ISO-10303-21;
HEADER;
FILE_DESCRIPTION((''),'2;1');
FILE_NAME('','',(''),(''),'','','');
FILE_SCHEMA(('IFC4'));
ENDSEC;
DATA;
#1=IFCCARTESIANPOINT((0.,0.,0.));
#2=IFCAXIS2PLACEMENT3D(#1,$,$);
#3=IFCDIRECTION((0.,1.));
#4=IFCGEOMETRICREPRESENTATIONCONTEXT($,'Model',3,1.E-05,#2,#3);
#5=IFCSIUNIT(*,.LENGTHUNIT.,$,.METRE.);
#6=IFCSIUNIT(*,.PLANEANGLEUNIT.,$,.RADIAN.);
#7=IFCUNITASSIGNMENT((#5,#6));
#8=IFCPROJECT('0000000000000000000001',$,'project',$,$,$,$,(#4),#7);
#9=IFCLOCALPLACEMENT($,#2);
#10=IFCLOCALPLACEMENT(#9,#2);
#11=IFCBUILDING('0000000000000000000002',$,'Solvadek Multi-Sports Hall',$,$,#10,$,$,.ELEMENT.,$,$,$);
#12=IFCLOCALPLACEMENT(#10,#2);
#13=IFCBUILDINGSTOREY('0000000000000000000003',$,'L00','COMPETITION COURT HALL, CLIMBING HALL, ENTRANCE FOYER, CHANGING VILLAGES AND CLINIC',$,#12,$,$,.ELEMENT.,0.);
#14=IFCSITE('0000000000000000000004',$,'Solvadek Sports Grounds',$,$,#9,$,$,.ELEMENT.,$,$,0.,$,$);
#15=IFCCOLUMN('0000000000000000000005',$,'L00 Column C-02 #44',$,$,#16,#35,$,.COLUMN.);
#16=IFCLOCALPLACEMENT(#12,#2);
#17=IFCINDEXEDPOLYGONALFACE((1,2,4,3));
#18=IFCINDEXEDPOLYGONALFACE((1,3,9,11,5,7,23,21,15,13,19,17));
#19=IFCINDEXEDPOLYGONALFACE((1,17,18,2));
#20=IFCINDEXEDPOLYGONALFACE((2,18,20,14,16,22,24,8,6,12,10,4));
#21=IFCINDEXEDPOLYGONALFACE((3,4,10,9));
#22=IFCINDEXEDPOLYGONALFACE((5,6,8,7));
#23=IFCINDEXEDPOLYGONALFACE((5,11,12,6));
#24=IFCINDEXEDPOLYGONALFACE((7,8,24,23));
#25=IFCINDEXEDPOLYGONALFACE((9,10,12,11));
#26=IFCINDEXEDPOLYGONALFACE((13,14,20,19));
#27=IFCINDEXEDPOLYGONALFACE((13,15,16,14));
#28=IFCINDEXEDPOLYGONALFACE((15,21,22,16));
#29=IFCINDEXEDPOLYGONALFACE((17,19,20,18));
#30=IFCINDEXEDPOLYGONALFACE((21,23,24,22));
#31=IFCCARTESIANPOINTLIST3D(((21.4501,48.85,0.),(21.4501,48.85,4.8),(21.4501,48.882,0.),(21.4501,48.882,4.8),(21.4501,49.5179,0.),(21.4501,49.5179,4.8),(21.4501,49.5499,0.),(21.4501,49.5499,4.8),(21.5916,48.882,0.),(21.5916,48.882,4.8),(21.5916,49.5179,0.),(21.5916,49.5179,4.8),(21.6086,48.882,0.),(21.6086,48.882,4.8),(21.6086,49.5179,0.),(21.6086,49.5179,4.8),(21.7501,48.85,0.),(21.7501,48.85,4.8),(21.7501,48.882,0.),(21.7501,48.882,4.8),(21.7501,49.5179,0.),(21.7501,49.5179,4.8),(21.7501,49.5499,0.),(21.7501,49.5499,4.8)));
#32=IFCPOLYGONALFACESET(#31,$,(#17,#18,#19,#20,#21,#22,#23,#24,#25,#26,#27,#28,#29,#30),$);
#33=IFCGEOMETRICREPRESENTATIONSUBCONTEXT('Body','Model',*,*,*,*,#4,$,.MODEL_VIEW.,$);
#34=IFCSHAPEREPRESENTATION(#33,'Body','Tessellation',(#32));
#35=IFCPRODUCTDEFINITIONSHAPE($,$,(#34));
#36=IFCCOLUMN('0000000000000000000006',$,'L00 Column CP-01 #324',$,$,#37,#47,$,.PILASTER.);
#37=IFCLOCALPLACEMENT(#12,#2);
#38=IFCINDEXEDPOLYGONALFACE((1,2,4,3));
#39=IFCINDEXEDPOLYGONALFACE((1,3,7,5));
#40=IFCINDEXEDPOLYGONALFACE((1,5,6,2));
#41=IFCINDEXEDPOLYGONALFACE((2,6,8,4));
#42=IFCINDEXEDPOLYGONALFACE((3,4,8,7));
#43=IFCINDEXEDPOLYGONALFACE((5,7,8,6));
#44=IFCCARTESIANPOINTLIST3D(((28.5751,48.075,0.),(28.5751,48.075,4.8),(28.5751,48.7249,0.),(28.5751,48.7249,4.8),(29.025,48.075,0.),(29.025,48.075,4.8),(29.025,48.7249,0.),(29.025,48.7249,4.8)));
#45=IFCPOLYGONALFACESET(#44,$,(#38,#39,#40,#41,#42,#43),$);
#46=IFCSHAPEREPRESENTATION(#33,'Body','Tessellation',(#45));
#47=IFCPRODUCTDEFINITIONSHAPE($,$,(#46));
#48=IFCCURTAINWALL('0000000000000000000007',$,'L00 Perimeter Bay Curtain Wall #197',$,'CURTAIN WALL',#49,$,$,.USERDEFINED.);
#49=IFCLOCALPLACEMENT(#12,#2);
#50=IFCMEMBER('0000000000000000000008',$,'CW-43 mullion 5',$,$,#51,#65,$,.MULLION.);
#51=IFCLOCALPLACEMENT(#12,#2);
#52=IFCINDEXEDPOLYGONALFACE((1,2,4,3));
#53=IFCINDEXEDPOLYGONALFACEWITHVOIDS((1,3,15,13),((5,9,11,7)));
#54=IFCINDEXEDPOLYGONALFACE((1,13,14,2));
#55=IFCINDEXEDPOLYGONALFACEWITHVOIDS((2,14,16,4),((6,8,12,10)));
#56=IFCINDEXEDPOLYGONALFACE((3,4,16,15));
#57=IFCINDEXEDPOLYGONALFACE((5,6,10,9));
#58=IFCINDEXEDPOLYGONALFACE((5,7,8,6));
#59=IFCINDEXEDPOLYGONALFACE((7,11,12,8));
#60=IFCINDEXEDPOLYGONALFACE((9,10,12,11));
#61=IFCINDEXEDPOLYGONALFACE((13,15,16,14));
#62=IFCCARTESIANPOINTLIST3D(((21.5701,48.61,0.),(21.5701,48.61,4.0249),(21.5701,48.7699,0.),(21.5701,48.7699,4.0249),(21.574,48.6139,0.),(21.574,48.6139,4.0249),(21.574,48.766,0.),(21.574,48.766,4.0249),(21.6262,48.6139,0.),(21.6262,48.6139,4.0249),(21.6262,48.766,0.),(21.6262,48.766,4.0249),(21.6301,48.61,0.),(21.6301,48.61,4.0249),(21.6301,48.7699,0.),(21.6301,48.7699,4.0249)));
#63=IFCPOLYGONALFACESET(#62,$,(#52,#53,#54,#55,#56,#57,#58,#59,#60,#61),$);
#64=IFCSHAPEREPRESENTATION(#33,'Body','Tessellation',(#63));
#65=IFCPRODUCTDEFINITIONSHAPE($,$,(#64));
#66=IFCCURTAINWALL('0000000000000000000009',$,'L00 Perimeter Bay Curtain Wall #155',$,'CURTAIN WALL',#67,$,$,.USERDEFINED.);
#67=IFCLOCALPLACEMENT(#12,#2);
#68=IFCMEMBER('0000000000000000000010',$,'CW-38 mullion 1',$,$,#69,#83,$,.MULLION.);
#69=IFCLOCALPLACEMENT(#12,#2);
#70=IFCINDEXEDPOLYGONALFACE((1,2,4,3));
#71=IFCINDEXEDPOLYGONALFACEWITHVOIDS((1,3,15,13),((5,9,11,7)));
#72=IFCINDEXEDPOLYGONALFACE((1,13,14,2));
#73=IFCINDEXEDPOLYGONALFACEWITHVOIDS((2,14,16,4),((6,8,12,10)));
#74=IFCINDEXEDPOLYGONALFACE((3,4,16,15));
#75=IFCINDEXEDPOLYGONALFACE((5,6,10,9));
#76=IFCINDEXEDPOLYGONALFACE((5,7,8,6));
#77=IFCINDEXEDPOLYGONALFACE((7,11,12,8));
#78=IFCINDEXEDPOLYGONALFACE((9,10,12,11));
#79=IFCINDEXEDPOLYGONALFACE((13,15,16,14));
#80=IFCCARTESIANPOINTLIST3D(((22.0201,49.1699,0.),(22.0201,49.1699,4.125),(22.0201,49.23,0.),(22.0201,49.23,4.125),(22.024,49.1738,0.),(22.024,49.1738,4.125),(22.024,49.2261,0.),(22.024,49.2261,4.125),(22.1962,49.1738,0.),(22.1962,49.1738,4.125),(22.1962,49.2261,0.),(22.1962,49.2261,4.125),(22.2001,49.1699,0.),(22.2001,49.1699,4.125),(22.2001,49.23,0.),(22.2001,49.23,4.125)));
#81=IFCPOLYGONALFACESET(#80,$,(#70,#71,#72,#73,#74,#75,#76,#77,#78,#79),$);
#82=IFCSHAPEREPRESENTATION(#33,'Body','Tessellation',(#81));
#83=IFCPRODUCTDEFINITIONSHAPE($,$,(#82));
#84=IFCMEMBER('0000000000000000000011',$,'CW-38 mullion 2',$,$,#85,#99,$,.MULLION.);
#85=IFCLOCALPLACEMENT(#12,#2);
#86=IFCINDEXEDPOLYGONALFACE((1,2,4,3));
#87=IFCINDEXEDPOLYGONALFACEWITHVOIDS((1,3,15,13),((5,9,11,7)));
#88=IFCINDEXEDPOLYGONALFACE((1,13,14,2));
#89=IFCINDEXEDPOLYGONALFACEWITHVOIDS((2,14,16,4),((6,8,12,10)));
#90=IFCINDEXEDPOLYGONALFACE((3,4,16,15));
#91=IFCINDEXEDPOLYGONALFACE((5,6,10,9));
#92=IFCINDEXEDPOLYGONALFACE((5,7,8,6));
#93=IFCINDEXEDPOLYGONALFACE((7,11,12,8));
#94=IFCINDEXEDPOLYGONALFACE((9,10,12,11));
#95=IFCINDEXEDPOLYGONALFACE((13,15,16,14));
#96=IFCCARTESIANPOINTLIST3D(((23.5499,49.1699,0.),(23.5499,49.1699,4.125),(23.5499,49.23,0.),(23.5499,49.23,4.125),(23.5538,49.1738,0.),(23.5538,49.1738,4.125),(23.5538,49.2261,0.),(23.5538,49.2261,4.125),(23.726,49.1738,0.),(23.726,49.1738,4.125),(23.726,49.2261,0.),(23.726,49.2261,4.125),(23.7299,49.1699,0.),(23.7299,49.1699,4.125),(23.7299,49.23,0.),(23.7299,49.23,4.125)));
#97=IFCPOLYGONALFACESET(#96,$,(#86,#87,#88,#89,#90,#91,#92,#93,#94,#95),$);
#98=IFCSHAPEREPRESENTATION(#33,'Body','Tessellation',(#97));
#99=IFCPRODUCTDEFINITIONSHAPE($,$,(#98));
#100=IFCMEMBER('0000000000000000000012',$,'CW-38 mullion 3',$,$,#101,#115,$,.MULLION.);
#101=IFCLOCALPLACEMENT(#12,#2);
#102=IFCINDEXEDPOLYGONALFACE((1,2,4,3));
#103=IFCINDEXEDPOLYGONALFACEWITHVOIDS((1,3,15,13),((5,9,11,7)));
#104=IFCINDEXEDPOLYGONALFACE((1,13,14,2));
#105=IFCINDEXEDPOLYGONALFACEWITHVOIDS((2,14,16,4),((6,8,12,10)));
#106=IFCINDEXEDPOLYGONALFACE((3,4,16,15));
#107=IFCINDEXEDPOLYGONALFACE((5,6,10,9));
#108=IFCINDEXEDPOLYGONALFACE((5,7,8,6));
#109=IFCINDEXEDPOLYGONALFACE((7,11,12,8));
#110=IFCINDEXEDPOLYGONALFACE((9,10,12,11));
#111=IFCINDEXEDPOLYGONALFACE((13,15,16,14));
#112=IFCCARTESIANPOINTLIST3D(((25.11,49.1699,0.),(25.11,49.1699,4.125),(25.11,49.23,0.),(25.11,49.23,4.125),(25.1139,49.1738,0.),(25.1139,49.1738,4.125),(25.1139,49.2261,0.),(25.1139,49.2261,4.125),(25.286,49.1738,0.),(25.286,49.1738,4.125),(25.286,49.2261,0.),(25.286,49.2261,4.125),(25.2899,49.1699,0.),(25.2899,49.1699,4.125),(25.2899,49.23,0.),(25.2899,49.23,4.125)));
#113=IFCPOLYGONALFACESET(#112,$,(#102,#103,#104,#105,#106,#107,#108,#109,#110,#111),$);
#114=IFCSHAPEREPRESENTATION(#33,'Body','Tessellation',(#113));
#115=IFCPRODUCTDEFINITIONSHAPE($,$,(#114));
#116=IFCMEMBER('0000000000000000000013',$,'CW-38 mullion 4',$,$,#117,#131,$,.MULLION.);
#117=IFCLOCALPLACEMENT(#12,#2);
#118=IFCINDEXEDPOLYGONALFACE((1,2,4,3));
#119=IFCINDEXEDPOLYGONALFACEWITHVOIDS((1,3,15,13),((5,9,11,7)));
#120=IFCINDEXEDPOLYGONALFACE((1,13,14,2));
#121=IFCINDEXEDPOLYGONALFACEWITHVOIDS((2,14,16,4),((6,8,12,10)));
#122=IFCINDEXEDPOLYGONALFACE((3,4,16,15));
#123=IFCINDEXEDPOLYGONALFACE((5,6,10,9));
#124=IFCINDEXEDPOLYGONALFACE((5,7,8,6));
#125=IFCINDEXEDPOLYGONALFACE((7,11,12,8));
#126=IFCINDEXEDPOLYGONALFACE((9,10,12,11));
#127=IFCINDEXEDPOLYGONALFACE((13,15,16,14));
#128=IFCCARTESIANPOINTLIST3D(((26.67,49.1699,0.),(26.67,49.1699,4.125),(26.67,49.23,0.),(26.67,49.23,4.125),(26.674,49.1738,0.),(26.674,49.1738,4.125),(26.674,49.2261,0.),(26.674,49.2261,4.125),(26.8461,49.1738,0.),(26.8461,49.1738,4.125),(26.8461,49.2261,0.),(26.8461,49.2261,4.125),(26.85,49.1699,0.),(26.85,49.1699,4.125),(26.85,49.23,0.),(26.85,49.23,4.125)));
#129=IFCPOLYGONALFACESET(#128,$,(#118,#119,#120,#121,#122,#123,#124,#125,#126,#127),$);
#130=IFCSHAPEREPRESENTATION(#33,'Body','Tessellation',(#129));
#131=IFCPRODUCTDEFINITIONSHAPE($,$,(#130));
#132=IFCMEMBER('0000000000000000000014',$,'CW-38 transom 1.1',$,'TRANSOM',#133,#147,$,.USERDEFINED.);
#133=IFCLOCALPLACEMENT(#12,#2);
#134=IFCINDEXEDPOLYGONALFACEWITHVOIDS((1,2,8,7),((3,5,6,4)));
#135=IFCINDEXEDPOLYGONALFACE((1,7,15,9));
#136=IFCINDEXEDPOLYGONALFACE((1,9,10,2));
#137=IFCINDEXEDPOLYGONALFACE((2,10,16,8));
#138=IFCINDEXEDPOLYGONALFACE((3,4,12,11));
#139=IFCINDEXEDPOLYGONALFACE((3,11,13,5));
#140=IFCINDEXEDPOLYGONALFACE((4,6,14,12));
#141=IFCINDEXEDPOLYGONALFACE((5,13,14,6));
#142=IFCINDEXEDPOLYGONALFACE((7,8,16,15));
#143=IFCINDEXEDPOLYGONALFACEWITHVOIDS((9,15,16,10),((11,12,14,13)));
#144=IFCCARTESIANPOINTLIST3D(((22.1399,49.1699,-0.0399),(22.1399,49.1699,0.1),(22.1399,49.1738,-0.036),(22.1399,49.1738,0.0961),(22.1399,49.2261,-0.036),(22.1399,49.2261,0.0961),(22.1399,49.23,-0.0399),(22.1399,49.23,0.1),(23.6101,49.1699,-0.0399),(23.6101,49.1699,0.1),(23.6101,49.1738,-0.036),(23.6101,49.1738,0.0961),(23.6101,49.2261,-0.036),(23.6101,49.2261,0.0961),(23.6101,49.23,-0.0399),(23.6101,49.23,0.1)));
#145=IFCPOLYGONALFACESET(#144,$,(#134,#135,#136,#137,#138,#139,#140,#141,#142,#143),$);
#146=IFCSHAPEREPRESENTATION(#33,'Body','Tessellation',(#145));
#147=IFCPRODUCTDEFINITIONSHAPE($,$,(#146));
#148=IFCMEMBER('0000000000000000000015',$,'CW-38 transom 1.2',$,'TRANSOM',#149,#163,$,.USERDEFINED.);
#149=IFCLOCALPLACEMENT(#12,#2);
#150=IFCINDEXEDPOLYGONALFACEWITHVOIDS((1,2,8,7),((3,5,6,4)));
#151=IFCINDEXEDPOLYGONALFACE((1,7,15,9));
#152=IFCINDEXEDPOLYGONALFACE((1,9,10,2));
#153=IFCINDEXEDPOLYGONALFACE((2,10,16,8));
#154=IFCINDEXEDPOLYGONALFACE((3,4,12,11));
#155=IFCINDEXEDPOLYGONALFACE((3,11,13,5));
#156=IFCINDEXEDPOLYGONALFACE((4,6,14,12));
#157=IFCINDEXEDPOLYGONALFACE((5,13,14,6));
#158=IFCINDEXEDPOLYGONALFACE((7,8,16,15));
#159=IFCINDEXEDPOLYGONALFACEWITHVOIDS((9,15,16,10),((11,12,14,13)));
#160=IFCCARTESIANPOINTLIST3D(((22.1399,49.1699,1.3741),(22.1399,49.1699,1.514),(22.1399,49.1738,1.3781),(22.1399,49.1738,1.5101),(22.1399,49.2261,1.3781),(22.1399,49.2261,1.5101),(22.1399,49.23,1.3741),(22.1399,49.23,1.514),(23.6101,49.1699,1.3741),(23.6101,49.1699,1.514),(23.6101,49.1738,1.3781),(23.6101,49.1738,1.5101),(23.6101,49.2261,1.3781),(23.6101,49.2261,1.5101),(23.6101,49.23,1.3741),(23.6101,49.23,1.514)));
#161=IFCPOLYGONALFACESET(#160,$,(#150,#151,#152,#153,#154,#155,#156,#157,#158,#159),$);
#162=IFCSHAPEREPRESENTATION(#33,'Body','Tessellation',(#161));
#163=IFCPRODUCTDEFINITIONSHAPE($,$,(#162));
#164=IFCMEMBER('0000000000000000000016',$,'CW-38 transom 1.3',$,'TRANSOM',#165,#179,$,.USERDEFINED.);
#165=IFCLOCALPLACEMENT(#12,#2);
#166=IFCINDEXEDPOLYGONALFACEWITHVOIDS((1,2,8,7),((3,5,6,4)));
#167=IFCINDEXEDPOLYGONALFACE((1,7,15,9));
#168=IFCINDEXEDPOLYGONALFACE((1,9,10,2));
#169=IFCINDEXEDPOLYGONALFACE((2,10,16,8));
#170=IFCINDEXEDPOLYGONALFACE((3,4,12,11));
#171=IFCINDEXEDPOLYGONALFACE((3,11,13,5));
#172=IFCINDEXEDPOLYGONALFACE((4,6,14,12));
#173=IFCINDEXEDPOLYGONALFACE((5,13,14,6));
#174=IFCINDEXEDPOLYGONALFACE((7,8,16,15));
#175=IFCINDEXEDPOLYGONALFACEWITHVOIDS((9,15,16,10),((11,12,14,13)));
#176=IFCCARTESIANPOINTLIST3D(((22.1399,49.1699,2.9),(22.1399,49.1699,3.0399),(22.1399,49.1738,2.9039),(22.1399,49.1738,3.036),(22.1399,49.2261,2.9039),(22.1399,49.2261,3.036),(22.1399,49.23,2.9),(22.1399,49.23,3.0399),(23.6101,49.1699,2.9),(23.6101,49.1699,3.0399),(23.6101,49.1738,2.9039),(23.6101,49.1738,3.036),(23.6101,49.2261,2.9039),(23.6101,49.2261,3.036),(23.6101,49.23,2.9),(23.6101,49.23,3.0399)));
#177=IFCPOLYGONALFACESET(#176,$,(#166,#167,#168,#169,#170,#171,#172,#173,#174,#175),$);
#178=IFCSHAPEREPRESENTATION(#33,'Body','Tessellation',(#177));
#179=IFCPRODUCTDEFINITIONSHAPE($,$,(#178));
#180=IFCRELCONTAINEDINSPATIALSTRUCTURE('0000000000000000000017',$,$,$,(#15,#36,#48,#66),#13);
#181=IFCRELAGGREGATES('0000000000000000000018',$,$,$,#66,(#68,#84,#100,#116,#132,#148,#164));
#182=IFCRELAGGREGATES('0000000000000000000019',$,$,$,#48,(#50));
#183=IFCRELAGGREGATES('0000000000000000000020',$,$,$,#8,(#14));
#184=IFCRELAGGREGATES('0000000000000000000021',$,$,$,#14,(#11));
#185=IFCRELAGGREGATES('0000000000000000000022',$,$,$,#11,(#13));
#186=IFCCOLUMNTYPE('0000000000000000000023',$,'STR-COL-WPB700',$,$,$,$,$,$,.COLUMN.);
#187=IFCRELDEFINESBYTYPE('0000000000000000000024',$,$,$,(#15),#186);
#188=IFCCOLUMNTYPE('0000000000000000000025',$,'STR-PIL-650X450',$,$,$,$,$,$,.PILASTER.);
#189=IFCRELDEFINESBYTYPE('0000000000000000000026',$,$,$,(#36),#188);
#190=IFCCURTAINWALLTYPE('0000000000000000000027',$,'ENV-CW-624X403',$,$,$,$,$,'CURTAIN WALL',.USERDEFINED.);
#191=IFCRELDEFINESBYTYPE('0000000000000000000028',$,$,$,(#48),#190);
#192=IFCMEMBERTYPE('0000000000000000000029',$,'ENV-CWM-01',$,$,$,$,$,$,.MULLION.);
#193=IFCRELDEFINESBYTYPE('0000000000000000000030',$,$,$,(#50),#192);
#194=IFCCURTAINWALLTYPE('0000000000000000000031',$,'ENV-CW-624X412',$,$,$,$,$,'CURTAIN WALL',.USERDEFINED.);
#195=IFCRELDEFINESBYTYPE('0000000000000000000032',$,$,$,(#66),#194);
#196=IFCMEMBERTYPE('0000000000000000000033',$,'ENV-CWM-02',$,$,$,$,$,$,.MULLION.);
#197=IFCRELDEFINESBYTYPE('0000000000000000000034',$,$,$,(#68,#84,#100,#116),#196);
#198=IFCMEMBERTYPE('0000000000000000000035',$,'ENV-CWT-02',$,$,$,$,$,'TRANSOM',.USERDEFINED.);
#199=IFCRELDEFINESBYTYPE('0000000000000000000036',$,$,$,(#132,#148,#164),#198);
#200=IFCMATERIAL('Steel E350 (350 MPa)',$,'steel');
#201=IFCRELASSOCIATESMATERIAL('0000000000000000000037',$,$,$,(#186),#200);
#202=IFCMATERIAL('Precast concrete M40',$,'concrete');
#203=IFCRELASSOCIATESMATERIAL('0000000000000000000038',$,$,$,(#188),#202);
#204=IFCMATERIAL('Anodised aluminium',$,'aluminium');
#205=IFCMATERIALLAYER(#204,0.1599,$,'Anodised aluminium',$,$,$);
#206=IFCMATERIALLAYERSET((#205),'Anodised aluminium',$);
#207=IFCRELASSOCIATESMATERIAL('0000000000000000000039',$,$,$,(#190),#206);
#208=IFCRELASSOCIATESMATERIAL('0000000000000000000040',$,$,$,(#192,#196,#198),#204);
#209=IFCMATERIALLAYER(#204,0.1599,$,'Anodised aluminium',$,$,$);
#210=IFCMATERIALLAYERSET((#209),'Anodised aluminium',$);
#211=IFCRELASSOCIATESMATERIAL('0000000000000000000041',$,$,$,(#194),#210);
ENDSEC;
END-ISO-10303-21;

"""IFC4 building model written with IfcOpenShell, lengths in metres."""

from ifc_helpers import new_model, si_unit, direction, frame, origin, origin_2d, place, context, subcontext, project, spatial, rectangle, hollow_rectangle, i_section, extrude, material, layer, layer_set, material_profile, profile_set, type_object, element, aggregate, save


model = new_model("IFC4")

# Units and contexts
model_context = context("Model", 3, precision=1e-05, world=origin(), true_north=direction((0.0, 1.0)))
body_context = subcontext(model_context, "Body", "Model", "MODEL_VIEW")
ifc_project = project(units=[si_unit("LENGTHUNIT", "METRE"), si_unit("PLANEANGLEUNIT", "RADIAN")], contexts=[model_context])

# Site, building, storey
site_placement = place(None, origin())
site = spatial("IfcSite", under=ifc_project, at=site_placement, Name="Solvadek Sports Grounds", CompositionType="ELEMENT", RefElevation=0.0)
building_placement = place(site_placement, origin())
building = spatial("IfcBuilding", under=site, at=building_placement, Name="Solvadek Multi-Sports Hall", CompositionType="ELEMENT")
storey_placement = place(building_placement, origin())
storey = spatial("IfcBuildingStorey", under=building, at=storey_placement, Name="L00", Description="COMPETITION COURT HALL, CLIMBING HALL, ENTRANCE FOYER, CHANGING VILLAGES AND CLINIC", CompositionType="ELEMENT", Elevation=0.0)

# Columns
ifc_material_1 = material(Name="Steel E350 (350 MPa)", Category="steel")
ifc_material_profile_1 = material_profile(ifc_material_1, i_section(OverallWidth=0.3, OverallDepth=0.7, WebThickness=0.0171, FlangeThickness=0.032, at=origin_2d()), Name="WPB 700")
ifc_profile_set_1 = profile_set([ifc_material_profile_1], Name="Steel E350 (350 MPa)")
column_type_1 = type_object("IfcColumnType", Name="STR-COL-WPB700", PredefinedType="COLUMN", material=ifc_profile_set_1)
column_1_placement = place(storey_placement, frame((21.6001, 49.2, 0.0), z_axis=(0.0, 0.0, 1.0), x_axis=(1.0, 0.0, 0.0)))
element("IfcColumn", 1, at=column_1_placement, inside=storey, type_object=column_type_1, Name="L00 Column C-02 #44", PredefinedType="COLUMN", context=body_context, shape_type="SweptSolid", body=[
    extrude(i_section(OverallWidth=0.3, OverallDepth=0.7, WebThickness=0.0171, FlangeThickness=0.032, at=origin_2d()), origin(), (0.0, 0.0, 1.0), 4.8),
])
ifc_material_2 = material(Name="Precast concrete M40", Category="concrete")
ifc_material_profile_2 = material_profile(ifc_material_2, rectangle(XDim=0.45, YDim=0.6499, at=origin_2d()), Name="RC PILASTER 650x450")
ifc_profile_set_2 = profile_set([ifc_material_profile_2], Name="Precast concrete M40")
column_type_2 = type_object("IfcColumnType", Name="STR-PIL-650X450", PredefinedType="PILASTER", material=ifc_profile_set_2)
column_2_placement = place(storey_placement, frame((28.8, 48.3999, 0.0), z_axis=(0.0, 0.0, 1.0), x_axis=(1.0, 0.0, 0.0)))
element("IfcColumn", 2, at=column_2_placement, inside=storey, type_object=column_type_2, Name="L00 Column CP-01 #324", PredefinedType="PILASTER", context=body_context, shape_type="SweptSolid", body=[
    extrude(rectangle(XDim=0.45, YDim=0.6499, at=origin_2d()), origin(), (0.0, 0.0, 1.0), 4.8),
])

# Curtain wall, member
ifc_material_3 = material(Name="Anodised aluminium", Category="aluminium")
ifc_layer_1 = layer(ifc_material_3, 0.1599, Name="Anodised aluminium")
ifc_layer_set_1 = layer_set([ifc_layer_1], Name="Anodised aluminium")
curtain_wall_type_1 = type_object("IfcCurtainWallType", Name="ENV-CW-624X403", ElementType="CURTAIN WALL", PredefinedType="USERDEFINED", material=ifc_layer_set_1)
curtain_wall_1_placement = place(storey_placement, origin())
curtain_wall_1 = element("IfcCurtainWall", 3, at=curtain_wall_1_placement, inside=storey, type_object=curtain_wall_type_1, Name="L00 Perimeter Bay Curtain Wall #197", ObjectType="CURTAIN WALL", PredefinedType="USERDEFINED")
ifc_material_profile_3 = material_profile(ifc_material_3, hollow_rectangle(XDim=0.0601, YDim=0.1599, WallThickness=0.0039, at=origin_2d()), Name="ALU-M 160x60x4")
ifc_profile_set_3 = profile_set([ifc_material_profile_3], Name="Anodised aluminium")
member_type_1 = type_object("IfcMemberType", Name="ENV-CWM-01", PredefinedType="MULLION", material=ifc_profile_set_3)
member_1_placement = place(storey_placement, frame((21.6001, 48.6899, 0.0), z_axis=(0.0, 0.0, 1.0), x_axis=(-1.0, 0.0, 0.0)))
member_1 = element("IfcMember", 4, at=member_1_placement, type_object=member_type_1, Name="CW-43 mullion 5", PredefinedType="MULLION", context=body_context, shape_type="SweptSolid", body=[
    extrude(hollow_rectangle(XDim=0.0601, YDim=0.1599, WallThickness=0.0039, at=origin_2d()), origin(), (0.0, 0.0, 1.0), 4.0249),
])

# Curtain wall, members
ifc_layer_2 = layer(ifc_material_3, 0.1599, Name="Anodised aluminium")
ifc_layer_set_2 = layer_set([ifc_layer_2], Name="Anodised aluminium")
curtain_wall_type_2 = type_object("IfcCurtainWallType", Name="ENV-CW-624X412", ElementType="CURTAIN WALL", PredefinedType="USERDEFINED", material=ifc_layer_set_2)
curtain_wall_2_placement = place(storey_placement, origin())
curtain_wall_2 = element("IfcCurtainWall", 5, at=curtain_wall_2_placement, inside=storey, type_object=curtain_wall_type_2, Name="L00 Perimeter Bay Curtain Wall #155", ObjectType="CURTAIN WALL", PredefinedType="USERDEFINED")
ifc_material_profile_4 = material_profile(ifc_material_3, hollow_rectangle(XDim=0.0601, YDim=0.1799, WallThickness=0.0039, at=origin_2d()), Name="ALU-M 180x60x4")
ifc_profile_set_4 = profile_set([ifc_material_profile_4], Name="Anodised aluminium")
member_type_2 = type_object("IfcMemberType", Name="ENV-CWM-02", PredefinedType="MULLION", material=ifc_profile_set_4)
member_2_placement = place(storey_placement, frame((22.1101, 49.2, 0.0), z_axis=(0.0, 0.0, 1.0), x_axis=(0.0, 1.0, 0.0)))
member_2 = element("IfcMember", 6, at=member_2_placement, type_object=member_type_2, Name="CW-38 mullion 1", PredefinedType="MULLION", context=body_context, shape_type="SweptSolid", body=[
    extrude(hollow_rectangle(XDim=0.0601, YDim=0.1799, WallThickness=0.0039, at=origin_2d()), origin(), (0.0, 0.0, 1.0), 4.125),
])
member_3_placement = place(storey_placement, frame((23.6399, 49.2, 0.0), z_axis=(0.0, 0.0, 1.0), x_axis=(0.0, 1.0, 0.0)))
member_3 = element("IfcMember", 7, at=member_3_placement, type_object=member_type_2, Name="CW-38 mullion 2", PredefinedType="MULLION", context=body_context, shape_type="SweptSolid", body=[
    extrude(hollow_rectangle(XDim=0.0601, YDim=0.1799, WallThickness=0.0039, at=origin_2d()), origin(), (0.0, 0.0, 1.0), 4.125),
])
member_4_placement = place(storey_placement, frame((25.2, 49.2, 0.0), z_axis=(0.0, 0.0, 1.0), x_axis=(0.0, 1.0, 0.0)))
member_4 = element("IfcMember", 8, at=member_4_placement, type_object=member_type_2, Name="CW-38 mullion 3", PredefinedType="MULLION", context=body_context, shape_type="SweptSolid", body=[
    extrude(hollow_rectangle(XDim=0.0601, YDim=0.1799, WallThickness=0.0039, at=origin_2d()), origin(), (0.0, 0.0, 1.0), 4.125),
])
member_5_placement = place(storey_placement, frame((26.76, 49.2, 0.0), z_axis=(0.0, 0.0, 1.0), x_axis=(0.0, 1.0, 0.0)))
member_5 = element("IfcMember", 9, at=member_5_placement, type_object=member_type_2, Name="CW-38 mullion 4", PredefinedType="MULLION", context=body_context, shape_type="SweptSolid", body=[
    extrude(hollow_rectangle(XDim=0.0601, YDim=0.1799, WallThickness=0.0039, at=origin_2d()), origin(), (0.0, 0.0, 1.0), 4.125),
])
ifc_material_profile_5 = material_profile(ifc_material_3, hollow_rectangle(XDim=0.0601, YDim=0.1399, WallThickness=0.0039, at=origin_2d()), Name="ALU-T 140x60x4")
ifc_profile_set_5 = profile_set([ifc_material_profile_5], Name="Anodised aluminium")
member_type_3 = type_object("IfcMemberType", Name="ENV-CWT-02", ElementType="TRANSOM", PredefinedType="USERDEFINED", material=ifc_profile_set_5)
member_6_placement = place(storey_placement, frame((22.1399, 49.2, 0.03), z_axis=(1.0, 0.0, 0.0), x_axis=(0.0, 1.0, 0.0)))
member_6 = element("IfcMember", 10, at=member_6_placement, type_object=member_type_3, Name="CW-38 transom 1.1", ObjectType="TRANSOM", PredefinedType="USERDEFINED", context=body_context, shape_type="SweptSolid", body=[
    extrude(hollow_rectangle(XDim=0.0601, YDim=0.1399, WallThickness=0.0039, at=origin_2d()), origin(), (0.0, 0.0, 1.0), 1.4702),
])
member_7_placement = place(storey_placement, frame((22.1399, 49.2, 1.4441), z_axis=(1.0, 0.0, 0.0), x_axis=(0.0, 1.0, 0.0)))
member_7 = element("IfcMember", 11, at=member_7_placement, type_object=member_type_3, Name="CW-38 transom 1.2", ObjectType="TRANSOM", PredefinedType="USERDEFINED", context=body_context, shape_type="SweptSolid", body=[
    extrude(hollow_rectangle(XDim=0.0601, YDim=0.1399, WallThickness=0.0039, at=origin_2d()), origin(), (0.0, 0.0, 1.0), 1.4702),
])
member_8_placement = place(storey_placement, frame((22.1399, 49.2, 2.97), z_axis=(1.0, 0.0, 0.0), x_axis=(0.0, 1.0, 0.0)))
member_8 = element("IfcMember", 12, at=member_8_placement, type_object=member_type_3, Name="CW-38 transom 1.3", ObjectType="TRANSOM", PredefinedType="USERDEFINED", context=body_context, shape_type="SweptSolid", body=[
    extrude(hollow_rectangle(XDim=0.0601, YDim=0.1399, WallThickness=0.0039, at=origin_2d()), origin(), (0.0, 0.0, 1.0), 1.4702),
])

aggregate(curtain_wall_2, [member_2, member_3, member_4, member_5, member_6, member_7, member_8])
aggregate(curtain_wall_1, [member_1])

save(model, "model.ifc")
